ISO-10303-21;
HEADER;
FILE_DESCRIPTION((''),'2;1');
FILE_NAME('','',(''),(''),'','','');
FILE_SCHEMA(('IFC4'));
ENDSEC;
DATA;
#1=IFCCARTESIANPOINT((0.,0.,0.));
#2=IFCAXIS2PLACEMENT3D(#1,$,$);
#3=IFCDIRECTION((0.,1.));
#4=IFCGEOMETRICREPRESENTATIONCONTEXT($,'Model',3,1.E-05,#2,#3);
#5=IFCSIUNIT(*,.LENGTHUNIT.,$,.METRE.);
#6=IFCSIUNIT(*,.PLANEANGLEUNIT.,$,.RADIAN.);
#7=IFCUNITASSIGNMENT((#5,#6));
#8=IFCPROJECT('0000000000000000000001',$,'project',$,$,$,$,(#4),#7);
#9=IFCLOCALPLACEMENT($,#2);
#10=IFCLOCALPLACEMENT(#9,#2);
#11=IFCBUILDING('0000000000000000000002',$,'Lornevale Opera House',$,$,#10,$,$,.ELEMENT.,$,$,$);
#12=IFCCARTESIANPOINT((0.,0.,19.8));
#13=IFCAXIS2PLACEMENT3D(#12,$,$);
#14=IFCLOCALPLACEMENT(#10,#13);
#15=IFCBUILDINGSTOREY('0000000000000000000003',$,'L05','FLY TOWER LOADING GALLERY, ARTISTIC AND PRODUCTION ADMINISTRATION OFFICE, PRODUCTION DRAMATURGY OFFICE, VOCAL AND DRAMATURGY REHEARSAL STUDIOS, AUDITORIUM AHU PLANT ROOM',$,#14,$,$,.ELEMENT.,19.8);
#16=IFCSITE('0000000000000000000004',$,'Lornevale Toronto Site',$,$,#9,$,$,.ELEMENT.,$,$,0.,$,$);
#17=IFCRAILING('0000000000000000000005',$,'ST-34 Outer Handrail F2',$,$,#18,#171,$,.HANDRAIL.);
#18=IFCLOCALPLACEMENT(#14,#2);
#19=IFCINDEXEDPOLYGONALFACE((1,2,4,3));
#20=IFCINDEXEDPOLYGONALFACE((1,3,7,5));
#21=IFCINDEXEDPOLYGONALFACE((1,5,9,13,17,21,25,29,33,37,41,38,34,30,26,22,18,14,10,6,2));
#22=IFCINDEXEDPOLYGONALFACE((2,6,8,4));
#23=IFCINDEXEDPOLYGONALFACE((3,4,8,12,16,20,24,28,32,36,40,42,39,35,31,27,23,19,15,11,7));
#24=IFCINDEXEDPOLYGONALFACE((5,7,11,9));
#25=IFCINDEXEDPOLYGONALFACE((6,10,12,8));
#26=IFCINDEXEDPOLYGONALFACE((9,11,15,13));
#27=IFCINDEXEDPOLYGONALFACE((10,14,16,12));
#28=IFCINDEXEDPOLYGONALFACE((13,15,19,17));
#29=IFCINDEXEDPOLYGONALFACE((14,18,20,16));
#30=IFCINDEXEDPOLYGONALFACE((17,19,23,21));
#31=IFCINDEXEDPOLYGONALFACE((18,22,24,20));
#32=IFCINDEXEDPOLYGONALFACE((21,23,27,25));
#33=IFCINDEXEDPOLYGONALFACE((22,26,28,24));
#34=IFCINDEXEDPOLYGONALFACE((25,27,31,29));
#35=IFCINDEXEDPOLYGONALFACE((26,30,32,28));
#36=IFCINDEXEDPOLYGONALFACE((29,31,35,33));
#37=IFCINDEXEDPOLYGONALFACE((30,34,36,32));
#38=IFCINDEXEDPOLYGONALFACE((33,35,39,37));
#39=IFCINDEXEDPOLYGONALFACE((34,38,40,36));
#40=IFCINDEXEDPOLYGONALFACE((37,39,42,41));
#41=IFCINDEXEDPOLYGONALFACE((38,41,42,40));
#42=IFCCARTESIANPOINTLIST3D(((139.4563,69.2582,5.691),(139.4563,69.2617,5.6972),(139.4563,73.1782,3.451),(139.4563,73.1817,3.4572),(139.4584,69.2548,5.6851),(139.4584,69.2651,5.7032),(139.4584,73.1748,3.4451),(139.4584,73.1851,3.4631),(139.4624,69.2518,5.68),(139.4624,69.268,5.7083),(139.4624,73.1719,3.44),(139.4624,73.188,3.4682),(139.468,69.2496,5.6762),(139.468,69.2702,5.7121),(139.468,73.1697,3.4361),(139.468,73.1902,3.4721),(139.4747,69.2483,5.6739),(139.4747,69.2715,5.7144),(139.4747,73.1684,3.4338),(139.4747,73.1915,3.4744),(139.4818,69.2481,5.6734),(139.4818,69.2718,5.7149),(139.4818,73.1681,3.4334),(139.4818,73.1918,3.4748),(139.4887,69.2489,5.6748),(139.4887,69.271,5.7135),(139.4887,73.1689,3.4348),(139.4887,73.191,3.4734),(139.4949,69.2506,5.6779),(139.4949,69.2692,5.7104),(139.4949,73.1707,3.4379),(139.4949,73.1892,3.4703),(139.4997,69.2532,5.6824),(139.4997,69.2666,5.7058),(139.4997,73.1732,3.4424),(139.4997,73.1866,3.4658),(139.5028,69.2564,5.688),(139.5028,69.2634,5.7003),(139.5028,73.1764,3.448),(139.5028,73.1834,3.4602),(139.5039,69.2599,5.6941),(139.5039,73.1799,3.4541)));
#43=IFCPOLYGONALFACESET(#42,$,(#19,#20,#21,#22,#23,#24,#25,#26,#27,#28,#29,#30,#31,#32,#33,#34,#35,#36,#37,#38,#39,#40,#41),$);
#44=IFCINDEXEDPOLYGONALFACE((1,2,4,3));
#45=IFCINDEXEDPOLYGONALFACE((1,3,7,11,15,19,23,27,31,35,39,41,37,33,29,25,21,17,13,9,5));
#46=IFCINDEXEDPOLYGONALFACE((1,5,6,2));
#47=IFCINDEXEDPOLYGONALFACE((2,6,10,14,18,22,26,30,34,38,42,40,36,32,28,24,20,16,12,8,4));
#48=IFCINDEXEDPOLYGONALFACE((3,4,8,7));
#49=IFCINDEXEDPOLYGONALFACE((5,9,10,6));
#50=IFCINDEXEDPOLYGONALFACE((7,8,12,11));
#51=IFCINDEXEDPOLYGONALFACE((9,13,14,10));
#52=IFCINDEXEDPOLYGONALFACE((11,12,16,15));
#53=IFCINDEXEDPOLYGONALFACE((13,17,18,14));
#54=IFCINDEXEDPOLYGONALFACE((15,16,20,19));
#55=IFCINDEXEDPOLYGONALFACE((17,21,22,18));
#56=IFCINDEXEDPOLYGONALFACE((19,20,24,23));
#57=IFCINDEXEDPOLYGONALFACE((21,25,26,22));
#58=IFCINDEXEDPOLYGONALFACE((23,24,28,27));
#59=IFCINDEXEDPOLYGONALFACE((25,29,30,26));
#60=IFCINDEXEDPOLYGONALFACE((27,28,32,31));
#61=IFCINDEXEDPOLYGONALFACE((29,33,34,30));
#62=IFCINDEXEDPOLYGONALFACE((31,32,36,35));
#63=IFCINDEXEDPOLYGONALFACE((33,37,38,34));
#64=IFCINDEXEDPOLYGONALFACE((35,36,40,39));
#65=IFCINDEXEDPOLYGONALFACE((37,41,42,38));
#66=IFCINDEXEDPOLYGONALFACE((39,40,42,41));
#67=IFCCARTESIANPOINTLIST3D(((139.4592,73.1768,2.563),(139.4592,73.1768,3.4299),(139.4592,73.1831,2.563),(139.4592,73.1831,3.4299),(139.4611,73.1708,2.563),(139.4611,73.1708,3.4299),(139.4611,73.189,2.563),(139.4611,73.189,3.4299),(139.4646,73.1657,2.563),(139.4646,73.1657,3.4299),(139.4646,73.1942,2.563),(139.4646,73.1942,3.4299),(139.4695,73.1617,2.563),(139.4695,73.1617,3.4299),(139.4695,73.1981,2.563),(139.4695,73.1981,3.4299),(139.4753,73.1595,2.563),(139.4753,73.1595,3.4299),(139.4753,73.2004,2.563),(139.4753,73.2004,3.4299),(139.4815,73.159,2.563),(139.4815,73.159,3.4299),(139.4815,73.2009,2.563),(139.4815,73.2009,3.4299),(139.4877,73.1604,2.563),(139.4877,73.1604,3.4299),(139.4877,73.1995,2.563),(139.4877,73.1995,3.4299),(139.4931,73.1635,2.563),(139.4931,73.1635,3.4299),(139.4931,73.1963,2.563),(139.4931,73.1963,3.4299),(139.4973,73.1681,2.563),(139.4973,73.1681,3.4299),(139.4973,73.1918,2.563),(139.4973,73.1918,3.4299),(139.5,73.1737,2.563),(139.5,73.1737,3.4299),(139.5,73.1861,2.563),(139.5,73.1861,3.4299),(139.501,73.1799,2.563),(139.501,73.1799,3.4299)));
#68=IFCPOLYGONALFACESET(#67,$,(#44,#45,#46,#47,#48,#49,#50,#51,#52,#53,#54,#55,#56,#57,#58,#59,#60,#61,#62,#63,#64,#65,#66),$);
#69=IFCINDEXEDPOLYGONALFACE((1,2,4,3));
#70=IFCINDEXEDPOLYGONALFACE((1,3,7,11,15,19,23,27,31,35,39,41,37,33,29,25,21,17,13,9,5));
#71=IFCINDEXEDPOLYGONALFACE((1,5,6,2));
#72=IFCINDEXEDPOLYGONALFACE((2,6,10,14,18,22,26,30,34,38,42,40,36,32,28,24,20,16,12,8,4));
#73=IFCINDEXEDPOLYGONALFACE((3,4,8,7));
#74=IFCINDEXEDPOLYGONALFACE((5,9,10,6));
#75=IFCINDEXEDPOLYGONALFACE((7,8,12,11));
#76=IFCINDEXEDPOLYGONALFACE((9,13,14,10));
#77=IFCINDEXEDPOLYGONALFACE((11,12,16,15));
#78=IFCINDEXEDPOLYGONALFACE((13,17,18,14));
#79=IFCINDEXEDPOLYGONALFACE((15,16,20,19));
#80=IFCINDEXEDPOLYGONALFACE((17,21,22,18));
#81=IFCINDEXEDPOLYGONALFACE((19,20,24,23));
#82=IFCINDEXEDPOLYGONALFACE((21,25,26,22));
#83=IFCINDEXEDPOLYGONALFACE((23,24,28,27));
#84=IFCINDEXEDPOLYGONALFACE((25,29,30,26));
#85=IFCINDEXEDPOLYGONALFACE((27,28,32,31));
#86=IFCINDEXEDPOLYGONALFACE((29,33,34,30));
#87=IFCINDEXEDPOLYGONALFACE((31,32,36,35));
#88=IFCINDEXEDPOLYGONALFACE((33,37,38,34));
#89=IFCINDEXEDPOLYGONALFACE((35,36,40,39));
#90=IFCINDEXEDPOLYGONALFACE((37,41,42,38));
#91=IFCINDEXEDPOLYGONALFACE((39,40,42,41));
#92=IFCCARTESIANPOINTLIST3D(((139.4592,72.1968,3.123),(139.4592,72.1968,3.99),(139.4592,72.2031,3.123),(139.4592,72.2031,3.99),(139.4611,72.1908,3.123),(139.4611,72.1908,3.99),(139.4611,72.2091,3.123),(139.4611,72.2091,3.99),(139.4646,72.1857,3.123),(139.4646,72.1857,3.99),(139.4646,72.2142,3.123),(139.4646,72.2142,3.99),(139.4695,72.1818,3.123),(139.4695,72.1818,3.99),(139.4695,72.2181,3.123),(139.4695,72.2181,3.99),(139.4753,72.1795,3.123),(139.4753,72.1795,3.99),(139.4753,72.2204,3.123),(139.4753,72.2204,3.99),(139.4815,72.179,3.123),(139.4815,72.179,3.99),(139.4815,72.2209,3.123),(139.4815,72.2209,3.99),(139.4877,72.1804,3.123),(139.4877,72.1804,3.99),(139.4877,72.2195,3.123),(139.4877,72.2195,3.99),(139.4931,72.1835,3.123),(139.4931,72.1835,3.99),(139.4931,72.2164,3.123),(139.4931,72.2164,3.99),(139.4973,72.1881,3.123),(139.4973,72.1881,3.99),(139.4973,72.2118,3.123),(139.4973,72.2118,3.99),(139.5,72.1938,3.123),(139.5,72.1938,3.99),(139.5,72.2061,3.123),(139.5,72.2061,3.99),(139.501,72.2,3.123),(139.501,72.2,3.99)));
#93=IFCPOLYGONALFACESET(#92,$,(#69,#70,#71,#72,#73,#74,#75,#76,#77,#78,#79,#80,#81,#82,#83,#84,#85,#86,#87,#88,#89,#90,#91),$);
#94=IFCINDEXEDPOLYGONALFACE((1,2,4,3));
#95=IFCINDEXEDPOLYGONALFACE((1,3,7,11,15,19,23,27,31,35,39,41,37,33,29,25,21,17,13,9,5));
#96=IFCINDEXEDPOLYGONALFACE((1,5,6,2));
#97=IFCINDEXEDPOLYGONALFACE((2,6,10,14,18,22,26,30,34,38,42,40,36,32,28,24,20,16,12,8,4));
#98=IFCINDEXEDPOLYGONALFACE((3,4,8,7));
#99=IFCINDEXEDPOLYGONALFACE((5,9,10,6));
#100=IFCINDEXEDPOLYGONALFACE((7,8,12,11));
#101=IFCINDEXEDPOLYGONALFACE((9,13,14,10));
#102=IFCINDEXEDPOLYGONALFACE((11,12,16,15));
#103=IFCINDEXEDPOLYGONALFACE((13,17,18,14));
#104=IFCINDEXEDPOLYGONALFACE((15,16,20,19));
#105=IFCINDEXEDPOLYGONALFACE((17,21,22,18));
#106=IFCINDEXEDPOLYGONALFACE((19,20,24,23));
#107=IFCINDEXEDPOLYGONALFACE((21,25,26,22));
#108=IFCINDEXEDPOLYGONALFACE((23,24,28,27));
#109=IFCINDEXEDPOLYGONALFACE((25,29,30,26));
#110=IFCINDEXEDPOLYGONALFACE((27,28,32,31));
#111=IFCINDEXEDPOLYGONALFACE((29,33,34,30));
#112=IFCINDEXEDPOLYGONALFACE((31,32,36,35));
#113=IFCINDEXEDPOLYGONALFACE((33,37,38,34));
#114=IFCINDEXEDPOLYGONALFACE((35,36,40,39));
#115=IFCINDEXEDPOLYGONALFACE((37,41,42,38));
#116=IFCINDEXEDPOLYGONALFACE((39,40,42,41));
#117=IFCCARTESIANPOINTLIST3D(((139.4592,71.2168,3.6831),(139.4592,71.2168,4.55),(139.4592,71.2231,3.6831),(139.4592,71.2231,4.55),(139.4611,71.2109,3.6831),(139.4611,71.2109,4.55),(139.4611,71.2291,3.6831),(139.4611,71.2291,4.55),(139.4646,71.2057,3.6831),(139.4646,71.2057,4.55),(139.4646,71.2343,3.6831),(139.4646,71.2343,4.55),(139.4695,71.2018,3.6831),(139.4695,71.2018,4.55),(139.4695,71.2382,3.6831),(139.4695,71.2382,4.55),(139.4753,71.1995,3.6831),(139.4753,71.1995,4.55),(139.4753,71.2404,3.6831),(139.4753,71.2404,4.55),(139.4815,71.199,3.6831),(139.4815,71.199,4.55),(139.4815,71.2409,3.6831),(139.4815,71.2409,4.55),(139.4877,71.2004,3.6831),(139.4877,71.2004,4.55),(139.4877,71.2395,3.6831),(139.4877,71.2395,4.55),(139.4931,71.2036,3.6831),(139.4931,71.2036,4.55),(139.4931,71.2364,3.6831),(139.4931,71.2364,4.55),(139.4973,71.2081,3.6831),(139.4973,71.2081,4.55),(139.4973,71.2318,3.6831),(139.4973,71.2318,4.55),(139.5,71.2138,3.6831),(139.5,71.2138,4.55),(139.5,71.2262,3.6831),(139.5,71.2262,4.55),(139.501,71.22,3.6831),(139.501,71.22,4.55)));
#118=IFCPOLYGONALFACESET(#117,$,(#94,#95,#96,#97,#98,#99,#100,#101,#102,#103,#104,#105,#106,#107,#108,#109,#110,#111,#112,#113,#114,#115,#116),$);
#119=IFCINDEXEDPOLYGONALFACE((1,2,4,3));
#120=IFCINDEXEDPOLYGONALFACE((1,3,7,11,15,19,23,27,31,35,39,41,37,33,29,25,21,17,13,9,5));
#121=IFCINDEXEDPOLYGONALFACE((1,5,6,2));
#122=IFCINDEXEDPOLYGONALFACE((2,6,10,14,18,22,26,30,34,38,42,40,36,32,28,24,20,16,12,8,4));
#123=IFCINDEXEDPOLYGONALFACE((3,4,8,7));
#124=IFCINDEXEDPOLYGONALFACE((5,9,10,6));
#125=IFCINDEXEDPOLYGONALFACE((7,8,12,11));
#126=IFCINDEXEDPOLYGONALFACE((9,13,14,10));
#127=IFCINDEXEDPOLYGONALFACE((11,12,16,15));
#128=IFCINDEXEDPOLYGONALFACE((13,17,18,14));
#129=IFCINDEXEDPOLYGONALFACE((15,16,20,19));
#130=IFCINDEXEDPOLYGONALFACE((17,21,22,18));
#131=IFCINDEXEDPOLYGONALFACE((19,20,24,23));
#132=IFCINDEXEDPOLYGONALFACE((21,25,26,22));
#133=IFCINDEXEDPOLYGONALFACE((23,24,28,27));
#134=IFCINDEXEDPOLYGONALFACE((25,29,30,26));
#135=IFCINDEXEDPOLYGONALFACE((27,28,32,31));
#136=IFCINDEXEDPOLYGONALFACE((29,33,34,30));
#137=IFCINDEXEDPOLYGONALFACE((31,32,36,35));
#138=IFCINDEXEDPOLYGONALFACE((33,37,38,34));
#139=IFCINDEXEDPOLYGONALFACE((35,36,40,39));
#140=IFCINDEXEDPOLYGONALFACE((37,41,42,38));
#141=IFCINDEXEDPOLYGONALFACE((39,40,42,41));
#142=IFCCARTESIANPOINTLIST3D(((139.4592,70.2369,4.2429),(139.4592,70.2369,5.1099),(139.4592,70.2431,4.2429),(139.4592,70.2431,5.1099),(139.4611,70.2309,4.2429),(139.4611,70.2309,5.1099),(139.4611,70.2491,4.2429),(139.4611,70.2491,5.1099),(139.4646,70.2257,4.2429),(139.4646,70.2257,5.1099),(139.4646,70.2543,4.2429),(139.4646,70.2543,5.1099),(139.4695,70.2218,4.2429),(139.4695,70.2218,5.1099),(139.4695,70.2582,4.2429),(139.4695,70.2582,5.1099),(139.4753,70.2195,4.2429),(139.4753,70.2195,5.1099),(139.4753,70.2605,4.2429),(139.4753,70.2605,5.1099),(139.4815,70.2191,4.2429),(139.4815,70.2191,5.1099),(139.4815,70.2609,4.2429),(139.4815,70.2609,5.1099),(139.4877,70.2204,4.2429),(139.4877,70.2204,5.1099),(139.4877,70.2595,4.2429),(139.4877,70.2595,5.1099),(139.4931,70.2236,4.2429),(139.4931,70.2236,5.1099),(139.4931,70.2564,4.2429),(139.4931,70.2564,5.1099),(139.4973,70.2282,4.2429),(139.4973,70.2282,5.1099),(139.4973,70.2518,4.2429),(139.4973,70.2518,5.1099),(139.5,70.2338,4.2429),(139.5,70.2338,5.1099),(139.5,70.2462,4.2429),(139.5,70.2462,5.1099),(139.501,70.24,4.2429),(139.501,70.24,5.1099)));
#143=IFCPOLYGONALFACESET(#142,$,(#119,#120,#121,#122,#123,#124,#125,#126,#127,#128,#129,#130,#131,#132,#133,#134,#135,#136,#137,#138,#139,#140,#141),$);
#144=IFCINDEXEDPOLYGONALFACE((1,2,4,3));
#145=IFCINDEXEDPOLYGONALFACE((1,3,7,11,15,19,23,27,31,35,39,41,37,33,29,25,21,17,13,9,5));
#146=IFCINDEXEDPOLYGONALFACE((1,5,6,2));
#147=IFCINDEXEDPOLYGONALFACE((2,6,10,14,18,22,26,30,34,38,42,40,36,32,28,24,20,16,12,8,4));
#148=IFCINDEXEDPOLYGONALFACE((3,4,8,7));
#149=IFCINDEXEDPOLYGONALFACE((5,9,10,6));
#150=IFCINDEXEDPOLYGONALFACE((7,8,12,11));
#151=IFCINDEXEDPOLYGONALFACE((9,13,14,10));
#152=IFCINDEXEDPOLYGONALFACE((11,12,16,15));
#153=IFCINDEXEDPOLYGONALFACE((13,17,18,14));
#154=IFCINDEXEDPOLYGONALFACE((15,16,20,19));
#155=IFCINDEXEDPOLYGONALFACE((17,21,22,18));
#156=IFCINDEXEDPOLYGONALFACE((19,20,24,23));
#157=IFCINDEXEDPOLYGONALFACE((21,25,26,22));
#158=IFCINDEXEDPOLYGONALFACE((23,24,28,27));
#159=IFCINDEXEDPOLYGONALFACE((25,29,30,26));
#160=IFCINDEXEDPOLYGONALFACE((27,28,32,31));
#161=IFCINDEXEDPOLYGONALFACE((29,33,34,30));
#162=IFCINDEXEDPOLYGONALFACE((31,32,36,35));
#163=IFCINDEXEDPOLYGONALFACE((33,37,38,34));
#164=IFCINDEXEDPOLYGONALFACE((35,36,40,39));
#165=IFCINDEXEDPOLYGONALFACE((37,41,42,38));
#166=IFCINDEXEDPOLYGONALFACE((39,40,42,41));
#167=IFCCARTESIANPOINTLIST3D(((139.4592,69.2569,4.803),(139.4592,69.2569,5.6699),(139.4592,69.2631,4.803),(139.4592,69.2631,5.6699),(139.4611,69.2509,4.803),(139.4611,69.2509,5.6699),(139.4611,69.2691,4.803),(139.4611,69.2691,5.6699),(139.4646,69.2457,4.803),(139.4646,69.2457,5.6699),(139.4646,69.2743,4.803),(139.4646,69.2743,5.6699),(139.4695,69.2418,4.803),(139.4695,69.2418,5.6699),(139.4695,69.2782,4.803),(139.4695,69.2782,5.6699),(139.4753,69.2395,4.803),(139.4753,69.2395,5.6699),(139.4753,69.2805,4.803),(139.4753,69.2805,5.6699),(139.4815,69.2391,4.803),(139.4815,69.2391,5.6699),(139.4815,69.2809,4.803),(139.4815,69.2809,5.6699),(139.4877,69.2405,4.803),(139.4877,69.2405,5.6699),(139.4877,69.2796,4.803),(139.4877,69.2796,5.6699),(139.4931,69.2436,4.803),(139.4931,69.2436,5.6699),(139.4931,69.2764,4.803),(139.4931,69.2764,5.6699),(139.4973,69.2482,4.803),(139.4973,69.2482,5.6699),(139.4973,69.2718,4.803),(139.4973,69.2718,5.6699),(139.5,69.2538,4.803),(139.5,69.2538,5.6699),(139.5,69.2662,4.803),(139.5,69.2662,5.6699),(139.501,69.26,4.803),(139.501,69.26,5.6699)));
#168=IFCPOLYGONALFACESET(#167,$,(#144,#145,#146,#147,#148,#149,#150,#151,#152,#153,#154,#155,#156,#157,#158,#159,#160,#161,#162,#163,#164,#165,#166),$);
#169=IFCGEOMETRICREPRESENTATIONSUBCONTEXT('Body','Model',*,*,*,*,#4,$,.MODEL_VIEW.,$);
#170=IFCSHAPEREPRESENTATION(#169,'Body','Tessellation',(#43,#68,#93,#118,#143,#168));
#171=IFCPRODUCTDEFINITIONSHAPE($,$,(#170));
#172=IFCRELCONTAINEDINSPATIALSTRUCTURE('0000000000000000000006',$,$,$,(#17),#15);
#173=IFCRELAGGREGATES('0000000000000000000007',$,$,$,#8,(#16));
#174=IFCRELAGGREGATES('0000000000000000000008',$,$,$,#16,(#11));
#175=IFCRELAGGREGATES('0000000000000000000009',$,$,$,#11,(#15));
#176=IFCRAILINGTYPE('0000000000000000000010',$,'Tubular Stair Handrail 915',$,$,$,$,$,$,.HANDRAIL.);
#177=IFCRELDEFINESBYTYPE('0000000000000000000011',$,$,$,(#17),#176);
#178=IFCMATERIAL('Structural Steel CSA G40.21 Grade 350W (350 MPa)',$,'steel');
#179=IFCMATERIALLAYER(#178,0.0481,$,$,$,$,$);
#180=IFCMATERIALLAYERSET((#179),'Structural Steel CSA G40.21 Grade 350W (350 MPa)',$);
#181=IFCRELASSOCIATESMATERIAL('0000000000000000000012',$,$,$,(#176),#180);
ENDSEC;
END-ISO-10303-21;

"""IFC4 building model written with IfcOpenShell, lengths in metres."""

from ifc_helpers import new_model, si_unit, direction, frame, origin, origin_2d, place, context, subcontext, project, spatial, circle, extrude, material, layer, layer_set, type_object, element, save


model = new_model("IFC4")

# Units and contexts
model_context = context("Model", 3, precision=1e-05, world=origin(), true_north=direction((0.0, 1.0)))
body_context = subcontext(model_context, "Body", "Model", "MODEL_VIEW")
ifc_project = project(units=[si_unit("LENGTHUNIT", "METRE"), si_unit("PLANEANGLEUNIT", "RADIAN")], contexts=[model_context])

# Site, building, storey
site_placement = place(None, origin())
site = spatial("IfcSite", under=ifc_project, at=site_placement, Name="Lornevale Toronto Site", CompositionType="ELEMENT", RefElevation=0.0)
building_placement = place(site_placement, origin())
building = spatial("IfcBuilding", under=site, at=building_placement, Name="Lornevale Opera House", CompositionType="ELEMENT")
storey_placement = place(building_placement, frame((0.0, 0.0, 19.8)))
storey = spatial("IfcBuildingStorey", under=building, at=storey_placement, Name="L05", Description="FLY TOWER LOADING GALLERY, ARTISTIC AND PRODUCTION ADMINISTRATION OFFICE, PRODUCTION DRAMATURGY OFFICE, VOCAL AND DRAMATURGY REHEARSAL STUDIOS, AUDITORIUM AHU PLANT ROOM", CompositionType="ELEMENT", Elevation=19.8)

# Shared definitions
ifc_material_1 = material(Name="Structural Steel CSA G40.21 Grade 350W (350 MPa)", Category="steel")

# Railing
ifc_layer_1 = layer(ifc_material_1, 0.0481)
ifc_layer_set_1 = layer_set([ifc_layer_1], Name="Structural Steel CSA G40.21 Grade 350W (350 MPa)")
railing_type_1 = type_object("IfcRailingType", Name="Tubular Stair Handrail 915", PredefinedType="HANDRAIL", material=ifc_layer_set_1)
railing_1_placement = place(storey_placement, frame((139.48, 73.1799, 2.563)))
element("IfcRailing", 1, at=railing_1_placement, inside=storey, type_object=railing_type_1, Name="ST-34 Outer Handrail F2", PredefinedType="HANDRAIL", context=body_context, shape_type="SweptSolid", body=[
    extrude(circle(Radius=0.0239, at=origin_2d()), frame((0.0, 0.0, 0.8911), z_axis=(0.0, -0.86824, 0.496145), x_axis=(1.0, 0.0, 0.0)), (0.0, 0.0, 1.0), 4.5149),
    extrude(circle(Radius=0.021, at=origin_2d()), origin(), (0.0, 0.0, 1.0), 0.8669),
    extrude(circle(Radius=0.021, at=origin_2d()), frame((0.0, -0.98, 0.5601)), (0.0, 0.0, 1.0), 0.8669),
    extrude(circle(Radius=0.021, at=origin_2d()), frame((0.0, -1.96, 1.1201)), (0.0, 0.0, 1.0), 0.8669),
    extrude(circle(Radius=0.021, at=origin_2d()), frame((0.0, -2.9399, 1.6799)), (0.0, 0.0, 1.0), 0.8669),
    extrude(circle(Radius=0.021, at=origin_2d()), frame((0.0, -3.9199, 2.24)), (0.0, 0.0, 1.0), 0.8669),
])

save(model, "model.ifc")
